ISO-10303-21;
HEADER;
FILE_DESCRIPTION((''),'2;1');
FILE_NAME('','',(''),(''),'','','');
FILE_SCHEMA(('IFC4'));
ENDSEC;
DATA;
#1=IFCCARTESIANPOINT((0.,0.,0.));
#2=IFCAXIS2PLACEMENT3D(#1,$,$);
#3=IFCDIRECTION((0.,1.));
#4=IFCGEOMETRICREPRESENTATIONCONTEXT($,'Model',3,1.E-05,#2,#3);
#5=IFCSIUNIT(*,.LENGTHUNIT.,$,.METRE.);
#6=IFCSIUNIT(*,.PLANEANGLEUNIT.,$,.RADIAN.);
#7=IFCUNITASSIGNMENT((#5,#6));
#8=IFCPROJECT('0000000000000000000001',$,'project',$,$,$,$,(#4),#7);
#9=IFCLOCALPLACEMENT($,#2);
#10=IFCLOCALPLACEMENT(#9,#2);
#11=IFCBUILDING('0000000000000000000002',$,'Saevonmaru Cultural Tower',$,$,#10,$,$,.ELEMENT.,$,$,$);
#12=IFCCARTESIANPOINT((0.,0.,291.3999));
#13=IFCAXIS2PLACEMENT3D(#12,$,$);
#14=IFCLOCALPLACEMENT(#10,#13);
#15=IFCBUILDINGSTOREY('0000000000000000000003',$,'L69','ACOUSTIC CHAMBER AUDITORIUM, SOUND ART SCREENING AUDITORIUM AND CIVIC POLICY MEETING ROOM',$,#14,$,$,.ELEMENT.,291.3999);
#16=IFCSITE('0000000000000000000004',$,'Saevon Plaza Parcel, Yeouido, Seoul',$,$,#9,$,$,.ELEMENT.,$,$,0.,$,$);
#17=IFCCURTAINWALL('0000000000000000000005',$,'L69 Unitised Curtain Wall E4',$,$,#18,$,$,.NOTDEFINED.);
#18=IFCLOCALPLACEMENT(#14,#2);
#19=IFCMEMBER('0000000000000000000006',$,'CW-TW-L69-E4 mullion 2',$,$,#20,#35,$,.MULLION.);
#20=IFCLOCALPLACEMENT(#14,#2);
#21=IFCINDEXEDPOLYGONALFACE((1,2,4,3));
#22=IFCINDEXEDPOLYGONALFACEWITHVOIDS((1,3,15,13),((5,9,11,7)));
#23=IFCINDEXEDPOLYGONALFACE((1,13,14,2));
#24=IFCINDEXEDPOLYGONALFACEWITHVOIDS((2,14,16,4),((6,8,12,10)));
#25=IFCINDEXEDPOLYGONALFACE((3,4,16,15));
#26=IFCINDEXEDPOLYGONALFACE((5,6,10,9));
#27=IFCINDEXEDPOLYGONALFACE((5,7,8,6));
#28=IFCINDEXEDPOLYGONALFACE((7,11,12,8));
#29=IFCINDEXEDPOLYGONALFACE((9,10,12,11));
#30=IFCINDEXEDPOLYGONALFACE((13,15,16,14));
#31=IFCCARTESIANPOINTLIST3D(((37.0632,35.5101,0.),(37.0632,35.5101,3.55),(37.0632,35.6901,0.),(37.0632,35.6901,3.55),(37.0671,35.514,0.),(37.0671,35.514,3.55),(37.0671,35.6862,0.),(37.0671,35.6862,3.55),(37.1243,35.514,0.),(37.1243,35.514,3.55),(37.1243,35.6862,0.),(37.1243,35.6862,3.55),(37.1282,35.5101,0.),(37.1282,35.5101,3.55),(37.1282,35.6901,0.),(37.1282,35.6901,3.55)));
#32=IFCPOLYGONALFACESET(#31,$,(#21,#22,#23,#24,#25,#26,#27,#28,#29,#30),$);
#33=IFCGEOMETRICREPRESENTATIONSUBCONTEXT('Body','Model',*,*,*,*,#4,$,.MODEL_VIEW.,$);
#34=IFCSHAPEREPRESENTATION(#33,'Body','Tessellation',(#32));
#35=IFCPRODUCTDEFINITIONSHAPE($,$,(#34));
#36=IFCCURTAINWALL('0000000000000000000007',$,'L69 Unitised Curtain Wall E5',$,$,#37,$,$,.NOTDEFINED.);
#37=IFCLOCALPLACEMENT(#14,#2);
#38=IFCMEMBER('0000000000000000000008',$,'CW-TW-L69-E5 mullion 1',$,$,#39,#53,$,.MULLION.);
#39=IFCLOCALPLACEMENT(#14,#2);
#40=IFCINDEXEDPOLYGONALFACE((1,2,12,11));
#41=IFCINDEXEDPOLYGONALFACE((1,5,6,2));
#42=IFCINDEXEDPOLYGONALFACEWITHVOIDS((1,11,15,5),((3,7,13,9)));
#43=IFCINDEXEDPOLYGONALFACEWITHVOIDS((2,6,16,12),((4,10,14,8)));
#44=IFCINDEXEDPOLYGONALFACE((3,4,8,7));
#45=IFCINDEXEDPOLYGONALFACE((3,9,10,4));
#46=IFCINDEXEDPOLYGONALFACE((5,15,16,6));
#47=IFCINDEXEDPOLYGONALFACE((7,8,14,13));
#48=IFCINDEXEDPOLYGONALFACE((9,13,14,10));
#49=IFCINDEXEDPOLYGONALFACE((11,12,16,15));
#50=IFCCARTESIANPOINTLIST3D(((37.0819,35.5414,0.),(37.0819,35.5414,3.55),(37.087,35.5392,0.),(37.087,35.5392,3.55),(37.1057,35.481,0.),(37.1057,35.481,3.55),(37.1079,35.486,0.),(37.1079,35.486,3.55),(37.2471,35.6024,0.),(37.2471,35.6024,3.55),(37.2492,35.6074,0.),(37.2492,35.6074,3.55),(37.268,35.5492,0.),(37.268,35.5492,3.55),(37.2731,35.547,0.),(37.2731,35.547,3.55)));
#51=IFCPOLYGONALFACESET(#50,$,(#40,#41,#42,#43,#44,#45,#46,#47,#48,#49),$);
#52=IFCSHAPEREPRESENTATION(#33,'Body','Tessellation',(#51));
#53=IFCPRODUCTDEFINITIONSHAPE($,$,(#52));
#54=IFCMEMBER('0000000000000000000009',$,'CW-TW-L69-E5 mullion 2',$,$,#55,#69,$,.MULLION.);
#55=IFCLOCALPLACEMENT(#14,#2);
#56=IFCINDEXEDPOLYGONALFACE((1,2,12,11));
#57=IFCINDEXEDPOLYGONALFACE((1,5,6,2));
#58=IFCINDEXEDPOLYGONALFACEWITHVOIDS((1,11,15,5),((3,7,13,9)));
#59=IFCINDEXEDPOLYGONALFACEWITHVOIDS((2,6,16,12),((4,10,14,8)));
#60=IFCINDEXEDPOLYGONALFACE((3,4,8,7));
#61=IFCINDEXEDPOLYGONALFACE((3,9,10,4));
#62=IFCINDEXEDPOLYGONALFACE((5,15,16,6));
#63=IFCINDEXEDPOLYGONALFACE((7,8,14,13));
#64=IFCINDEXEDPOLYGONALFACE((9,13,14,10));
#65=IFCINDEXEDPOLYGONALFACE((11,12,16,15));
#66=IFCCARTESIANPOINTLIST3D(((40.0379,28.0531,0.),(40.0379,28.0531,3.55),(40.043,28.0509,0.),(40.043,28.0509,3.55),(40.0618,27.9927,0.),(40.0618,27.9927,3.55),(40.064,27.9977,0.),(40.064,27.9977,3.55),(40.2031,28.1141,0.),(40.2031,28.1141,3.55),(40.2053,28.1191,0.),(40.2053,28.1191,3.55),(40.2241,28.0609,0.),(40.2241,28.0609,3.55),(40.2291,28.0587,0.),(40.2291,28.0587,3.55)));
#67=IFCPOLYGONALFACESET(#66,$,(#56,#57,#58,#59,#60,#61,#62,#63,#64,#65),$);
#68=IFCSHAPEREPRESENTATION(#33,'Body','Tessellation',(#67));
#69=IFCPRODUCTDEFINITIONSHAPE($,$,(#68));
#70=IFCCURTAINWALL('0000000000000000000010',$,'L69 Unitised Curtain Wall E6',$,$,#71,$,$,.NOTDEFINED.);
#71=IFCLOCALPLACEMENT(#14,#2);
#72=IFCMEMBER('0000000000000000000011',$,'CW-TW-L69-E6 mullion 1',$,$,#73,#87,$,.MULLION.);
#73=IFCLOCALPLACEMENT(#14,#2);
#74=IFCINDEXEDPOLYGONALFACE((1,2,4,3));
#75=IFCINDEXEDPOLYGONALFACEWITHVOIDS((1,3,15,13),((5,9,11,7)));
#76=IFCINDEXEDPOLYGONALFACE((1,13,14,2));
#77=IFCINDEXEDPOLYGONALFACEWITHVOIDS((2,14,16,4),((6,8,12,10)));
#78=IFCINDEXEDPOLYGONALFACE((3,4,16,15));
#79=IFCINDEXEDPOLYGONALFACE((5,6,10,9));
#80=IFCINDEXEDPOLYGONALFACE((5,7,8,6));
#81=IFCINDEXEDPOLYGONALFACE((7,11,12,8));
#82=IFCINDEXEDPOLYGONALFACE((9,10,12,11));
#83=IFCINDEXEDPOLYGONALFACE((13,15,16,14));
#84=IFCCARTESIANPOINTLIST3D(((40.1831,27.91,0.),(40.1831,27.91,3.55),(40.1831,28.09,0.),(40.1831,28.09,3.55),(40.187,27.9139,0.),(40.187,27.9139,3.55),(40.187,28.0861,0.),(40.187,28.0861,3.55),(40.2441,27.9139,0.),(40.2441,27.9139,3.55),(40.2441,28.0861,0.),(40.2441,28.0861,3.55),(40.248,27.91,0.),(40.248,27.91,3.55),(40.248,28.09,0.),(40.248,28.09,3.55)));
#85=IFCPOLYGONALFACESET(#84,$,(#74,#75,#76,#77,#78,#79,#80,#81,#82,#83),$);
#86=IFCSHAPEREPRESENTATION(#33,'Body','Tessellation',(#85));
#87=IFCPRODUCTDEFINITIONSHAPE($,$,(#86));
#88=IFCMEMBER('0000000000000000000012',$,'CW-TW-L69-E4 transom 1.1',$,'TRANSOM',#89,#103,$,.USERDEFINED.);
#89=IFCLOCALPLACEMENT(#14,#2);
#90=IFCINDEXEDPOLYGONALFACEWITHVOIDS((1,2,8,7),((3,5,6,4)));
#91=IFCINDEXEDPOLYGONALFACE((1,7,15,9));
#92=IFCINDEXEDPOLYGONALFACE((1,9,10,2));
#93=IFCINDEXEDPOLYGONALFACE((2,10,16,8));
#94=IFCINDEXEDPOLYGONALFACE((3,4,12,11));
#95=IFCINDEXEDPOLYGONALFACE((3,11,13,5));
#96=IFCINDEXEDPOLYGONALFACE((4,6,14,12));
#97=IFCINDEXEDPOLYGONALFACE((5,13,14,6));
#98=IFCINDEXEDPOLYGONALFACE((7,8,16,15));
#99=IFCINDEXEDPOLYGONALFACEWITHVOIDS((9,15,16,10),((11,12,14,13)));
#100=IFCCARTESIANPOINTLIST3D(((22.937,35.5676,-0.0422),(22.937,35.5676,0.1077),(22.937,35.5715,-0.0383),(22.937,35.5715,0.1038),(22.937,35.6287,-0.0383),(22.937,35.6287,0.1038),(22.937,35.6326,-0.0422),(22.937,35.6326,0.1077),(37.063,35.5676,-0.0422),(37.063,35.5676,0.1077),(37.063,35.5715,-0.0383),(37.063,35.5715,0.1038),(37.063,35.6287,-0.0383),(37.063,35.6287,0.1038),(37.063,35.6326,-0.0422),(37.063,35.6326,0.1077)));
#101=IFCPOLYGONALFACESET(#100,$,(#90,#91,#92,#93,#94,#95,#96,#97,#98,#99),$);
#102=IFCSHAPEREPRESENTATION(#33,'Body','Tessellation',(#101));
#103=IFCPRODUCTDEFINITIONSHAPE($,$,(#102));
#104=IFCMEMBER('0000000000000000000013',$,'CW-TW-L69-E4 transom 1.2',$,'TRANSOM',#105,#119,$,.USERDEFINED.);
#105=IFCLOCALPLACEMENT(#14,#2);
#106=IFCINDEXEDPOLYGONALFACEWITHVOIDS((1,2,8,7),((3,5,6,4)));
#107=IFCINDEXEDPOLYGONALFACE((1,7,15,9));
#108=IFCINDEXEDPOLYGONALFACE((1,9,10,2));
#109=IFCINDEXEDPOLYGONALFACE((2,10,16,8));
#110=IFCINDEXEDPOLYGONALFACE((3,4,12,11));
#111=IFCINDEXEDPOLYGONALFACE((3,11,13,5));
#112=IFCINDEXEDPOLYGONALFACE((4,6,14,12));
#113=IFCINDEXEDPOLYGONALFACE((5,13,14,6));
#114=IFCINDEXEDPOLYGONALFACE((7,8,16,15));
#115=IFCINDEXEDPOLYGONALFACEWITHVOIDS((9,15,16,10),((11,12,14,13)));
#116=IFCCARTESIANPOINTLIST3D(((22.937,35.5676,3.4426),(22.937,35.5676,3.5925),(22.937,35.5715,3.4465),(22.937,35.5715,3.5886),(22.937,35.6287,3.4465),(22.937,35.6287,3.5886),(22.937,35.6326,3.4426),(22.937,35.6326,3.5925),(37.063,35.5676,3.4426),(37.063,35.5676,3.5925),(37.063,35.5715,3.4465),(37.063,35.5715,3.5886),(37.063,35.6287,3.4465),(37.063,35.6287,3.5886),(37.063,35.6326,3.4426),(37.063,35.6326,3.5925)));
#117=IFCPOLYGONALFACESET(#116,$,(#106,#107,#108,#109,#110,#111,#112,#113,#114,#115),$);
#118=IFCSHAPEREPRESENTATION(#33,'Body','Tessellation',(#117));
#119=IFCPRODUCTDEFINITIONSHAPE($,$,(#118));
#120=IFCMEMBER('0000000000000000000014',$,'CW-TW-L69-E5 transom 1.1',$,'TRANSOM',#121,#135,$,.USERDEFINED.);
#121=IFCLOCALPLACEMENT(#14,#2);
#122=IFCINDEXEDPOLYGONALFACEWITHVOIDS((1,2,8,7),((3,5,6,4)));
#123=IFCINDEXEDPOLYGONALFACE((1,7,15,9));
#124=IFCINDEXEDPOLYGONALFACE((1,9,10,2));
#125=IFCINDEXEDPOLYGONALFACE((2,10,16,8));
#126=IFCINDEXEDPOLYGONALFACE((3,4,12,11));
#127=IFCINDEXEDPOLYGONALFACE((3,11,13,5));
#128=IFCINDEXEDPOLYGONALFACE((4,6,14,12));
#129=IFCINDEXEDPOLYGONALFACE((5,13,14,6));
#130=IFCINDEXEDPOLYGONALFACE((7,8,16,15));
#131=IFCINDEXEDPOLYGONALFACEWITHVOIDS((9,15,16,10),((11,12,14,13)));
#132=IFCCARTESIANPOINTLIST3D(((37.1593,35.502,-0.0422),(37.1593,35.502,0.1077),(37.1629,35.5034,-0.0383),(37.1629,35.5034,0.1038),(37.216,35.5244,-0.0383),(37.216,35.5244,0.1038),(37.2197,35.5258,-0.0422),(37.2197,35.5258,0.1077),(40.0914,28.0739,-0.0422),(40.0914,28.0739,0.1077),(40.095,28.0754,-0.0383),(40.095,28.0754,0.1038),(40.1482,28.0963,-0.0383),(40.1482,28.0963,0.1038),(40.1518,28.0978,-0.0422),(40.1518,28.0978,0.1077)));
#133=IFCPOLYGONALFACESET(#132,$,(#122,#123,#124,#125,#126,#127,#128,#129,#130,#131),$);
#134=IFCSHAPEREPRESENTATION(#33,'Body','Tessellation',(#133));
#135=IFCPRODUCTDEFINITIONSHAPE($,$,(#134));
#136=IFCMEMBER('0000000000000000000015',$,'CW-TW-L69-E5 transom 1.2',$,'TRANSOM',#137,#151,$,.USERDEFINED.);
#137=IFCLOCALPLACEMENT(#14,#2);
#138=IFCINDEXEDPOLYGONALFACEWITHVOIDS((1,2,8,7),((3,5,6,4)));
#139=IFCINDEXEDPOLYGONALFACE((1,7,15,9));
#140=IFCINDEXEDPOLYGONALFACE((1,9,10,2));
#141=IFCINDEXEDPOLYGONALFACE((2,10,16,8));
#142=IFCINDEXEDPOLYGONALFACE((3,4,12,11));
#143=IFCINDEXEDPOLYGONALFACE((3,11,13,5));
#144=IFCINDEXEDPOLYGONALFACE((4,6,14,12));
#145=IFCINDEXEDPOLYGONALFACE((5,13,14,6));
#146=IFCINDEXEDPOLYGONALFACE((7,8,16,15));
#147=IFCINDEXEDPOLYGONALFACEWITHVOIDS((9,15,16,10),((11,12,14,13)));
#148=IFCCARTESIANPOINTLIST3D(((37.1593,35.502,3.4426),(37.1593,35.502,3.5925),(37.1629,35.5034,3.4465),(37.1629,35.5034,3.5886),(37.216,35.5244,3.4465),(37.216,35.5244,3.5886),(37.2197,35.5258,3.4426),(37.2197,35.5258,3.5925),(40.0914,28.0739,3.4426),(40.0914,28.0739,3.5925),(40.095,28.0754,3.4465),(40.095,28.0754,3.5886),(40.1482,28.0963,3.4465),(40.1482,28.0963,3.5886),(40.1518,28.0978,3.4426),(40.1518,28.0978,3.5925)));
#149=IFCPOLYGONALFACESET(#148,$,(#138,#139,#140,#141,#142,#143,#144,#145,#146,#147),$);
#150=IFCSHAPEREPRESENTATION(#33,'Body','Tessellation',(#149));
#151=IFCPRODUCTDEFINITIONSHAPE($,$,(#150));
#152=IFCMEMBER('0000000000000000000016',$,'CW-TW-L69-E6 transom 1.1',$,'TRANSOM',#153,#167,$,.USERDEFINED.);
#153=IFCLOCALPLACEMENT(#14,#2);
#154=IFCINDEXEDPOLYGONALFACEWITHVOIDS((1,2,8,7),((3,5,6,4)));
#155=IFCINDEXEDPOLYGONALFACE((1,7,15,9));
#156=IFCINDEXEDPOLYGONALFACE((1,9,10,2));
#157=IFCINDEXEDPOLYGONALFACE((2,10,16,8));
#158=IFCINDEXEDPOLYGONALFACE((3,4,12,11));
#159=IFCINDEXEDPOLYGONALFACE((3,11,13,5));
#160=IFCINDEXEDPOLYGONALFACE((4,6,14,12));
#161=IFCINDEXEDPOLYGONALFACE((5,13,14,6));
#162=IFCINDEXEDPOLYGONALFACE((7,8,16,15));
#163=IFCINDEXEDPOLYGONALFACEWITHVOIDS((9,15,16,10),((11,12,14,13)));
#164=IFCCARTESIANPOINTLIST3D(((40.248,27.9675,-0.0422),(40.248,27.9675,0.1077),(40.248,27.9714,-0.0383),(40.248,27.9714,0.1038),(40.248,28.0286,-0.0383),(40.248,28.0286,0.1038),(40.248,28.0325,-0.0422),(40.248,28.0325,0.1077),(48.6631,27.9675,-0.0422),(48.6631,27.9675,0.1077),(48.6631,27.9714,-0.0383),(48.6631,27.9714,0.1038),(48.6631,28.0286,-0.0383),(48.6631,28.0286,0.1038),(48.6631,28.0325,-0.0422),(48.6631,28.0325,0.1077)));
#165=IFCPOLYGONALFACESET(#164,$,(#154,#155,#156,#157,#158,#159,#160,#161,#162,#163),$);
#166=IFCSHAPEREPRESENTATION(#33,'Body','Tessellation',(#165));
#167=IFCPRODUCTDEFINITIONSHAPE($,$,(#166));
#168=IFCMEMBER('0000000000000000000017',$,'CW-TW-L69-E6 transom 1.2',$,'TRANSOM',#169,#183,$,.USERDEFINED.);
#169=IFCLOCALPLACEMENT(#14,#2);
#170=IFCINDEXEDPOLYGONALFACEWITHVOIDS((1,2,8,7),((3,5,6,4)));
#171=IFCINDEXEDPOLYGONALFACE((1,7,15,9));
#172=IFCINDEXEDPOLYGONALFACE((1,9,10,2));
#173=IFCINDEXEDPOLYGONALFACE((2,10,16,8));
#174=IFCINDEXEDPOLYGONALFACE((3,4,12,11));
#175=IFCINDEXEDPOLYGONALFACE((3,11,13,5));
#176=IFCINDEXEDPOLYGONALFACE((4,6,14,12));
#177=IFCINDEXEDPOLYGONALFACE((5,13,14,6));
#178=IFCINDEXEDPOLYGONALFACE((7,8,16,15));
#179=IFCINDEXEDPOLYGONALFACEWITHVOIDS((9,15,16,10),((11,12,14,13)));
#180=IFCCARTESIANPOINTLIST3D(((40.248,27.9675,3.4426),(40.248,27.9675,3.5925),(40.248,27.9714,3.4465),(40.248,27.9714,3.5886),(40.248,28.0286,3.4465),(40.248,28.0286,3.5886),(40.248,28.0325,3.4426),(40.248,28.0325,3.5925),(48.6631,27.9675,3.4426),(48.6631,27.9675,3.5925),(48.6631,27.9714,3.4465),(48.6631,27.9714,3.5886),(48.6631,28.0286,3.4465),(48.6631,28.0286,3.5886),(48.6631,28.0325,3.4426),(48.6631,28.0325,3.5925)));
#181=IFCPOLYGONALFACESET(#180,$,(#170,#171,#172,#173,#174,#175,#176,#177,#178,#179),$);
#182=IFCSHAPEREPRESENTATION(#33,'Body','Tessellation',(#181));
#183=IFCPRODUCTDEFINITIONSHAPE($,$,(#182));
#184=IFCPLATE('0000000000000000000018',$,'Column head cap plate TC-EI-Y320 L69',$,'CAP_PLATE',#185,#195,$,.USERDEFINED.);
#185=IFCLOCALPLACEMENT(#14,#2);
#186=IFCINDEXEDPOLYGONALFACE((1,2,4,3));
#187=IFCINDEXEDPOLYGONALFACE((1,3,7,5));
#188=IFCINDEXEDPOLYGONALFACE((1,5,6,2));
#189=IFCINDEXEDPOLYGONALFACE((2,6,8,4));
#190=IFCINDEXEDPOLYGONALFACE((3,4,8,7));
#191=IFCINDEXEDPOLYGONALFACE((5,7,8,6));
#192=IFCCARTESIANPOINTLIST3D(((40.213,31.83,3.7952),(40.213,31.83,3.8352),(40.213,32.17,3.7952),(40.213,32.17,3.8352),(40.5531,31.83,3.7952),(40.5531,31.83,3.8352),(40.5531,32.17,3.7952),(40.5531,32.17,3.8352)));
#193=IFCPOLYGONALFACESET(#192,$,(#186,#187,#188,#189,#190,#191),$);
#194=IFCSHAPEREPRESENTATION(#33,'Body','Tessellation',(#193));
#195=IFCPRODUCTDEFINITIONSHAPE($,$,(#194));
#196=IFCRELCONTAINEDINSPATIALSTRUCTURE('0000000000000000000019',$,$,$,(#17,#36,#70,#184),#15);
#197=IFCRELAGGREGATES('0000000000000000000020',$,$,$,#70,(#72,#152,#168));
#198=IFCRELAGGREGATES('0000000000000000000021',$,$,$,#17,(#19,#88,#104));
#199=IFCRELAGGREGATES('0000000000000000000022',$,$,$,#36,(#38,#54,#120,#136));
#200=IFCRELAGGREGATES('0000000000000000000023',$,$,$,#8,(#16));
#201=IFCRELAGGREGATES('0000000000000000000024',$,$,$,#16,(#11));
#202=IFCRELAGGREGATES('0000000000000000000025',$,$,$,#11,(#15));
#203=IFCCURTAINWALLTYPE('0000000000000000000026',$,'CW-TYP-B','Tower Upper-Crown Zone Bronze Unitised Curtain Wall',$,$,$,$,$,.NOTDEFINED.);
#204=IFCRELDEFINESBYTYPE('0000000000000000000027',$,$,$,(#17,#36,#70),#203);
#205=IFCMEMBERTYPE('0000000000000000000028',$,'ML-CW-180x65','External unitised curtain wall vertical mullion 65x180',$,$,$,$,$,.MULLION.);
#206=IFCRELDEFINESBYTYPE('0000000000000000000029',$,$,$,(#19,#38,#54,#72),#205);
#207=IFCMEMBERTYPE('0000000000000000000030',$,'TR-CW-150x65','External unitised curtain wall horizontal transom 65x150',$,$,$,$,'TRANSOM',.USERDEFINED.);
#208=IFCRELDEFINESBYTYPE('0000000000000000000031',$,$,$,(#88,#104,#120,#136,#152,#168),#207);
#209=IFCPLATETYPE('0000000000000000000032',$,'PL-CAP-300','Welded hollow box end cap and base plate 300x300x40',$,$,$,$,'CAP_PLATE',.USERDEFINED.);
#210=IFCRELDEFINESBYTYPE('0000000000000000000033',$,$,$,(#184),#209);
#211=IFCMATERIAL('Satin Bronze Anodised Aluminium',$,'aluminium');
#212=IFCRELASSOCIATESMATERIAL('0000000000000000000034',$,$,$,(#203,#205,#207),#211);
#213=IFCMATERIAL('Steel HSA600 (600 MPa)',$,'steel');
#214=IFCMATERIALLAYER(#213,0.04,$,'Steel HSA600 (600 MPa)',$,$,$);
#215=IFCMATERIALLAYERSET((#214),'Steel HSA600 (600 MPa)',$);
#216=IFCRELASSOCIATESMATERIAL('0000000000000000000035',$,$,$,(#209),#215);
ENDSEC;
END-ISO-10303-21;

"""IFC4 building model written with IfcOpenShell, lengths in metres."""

from ifc_helpers import new_model, si_unit, direction, frame, origin, origin_2d, place, context, subcontext, project, spatial, rectangle, hollow_rectangle, extrude, material, layer, layer_set, material_profile, profile_set, type_object, element, aggregate, save


model = new_model("IFC4")

# Units and contexts
model_context = context("Model", 3, precision=1e-05, world=origin(), true_north=direction((0.0, 1.0)))
body_context = subcontext(model_context, "Body", "Model", "MODEL_VIEW")
ifc_project = project(units=[si_unit("LENGTHUNIT", "METRE"), si_unit("PLANEANGLEUNIT", "RADIAN")], contexts=[model_context])

# Site, building, storey
site_placement = place(None, origin())
site = spatial("IfcSite", under=ifc_project, at=site_placement, Name="Saevon Plaza Parcel, Yeouido, Seoul", CompositionType="ELEMENT", RefElevation=0.0)
building_placement = place(site_placement, origin())
building = spatial("IfcBuilding", under=site, at=building_placement, Name="Saevonmaru Cultural Tower", CompositionType="ELEMENT")
storey_placement = place(building_placement, frame((0.0, 0.0, 291.3999)))
storey = spatial("IfcBuildingStorey", under=building, at=storey_placement, Name="L69", Description="ACOUSTIC CHAMBER AUDITORIUM, SOUND ART SCREENING AUDITORIUM AND CIVIC POLICY MEETING ROOM", CompositionType="ELEMENT", Elevation=291.3999)

# Shared definitions
ifc_material_1 = material(Name="Steel HSA600 (600 MPa)", Category="steel")

# Shared definitions
ifc_material_2 = material(Name="Satin Bronze Anodised Aluminium", Category="aluminium")
curtain_wall_type = type_object("IfcCurtainWallType", Name="CW-TYP-B", Description="Tower Upper-Crown Zone Bronze Unitised Curtain Wall", PredefinedType="NOTDEFINED", material=ifc_material_2)
ifc_material_profile_1 = material_profile(ifc_material_2, hollow_rectangle(XDim=0.0649, YDim=0.1799, WallThickness=0.0039, at=origin_2d()), Name="ALU-MULL-180x65x4")
ifc_profile_set_1 = profile_set([ifc_material_profile_1], Name="Satin Bronze Anodised Aluminium")
member_type_1 = type_object("IfcMemberType", Name="ML-CW-180x65", Description="External unitised curtain wall vertical mullion 65x180", PredefinedType="MULLION", material=ifc_profile_set_1)

# Curtain walls, members
curtain_wall_1_placement = place(storey_placement, origin())
curtain_wall_1 = element("IfcCurtainWall", 1, at=curtain_wall_1_placement, inside=storey, type_object=curtain_wall_type, Name="L69 Unitised Curtain Wall E4", PredefinedType="NOTDEFINED")
member_1_placement = place(storey_placement, frame((37.0957, 35.6001, 0.0), z_axis=(0.0, 0.0, 1.0), x_axis=(1.0, 0.0, 0.0)))
member_1 = element("IfcMember", 2, at=member_1_placement, type_object=member_type_1, Name="CW-TW-L69-E4 mullion 2", PredefinedType="MULLION", context=body_context, shape_type="SweptSolid", body=[
    extrude(hollow_rectangle(XDim=0.0649, YDim=0.1799, WallThickness=0.0039, at=origin_2d()), origin(), (0.0, 0.0, 1.0), 3.55),
])
curtain_wall_2_placement = place(storey_placement, origin())
curtain_wall_2 = element("IfcCurtainWall", 3, at=curtain_wall_2_placement, inside=storey, type_object=curtain_wall_type, Name="L69 Unitised Curtain Wall E5", PredefinedType="NOTDEFINED")
member_2_placement = place(storey_placement, frame((37.1775, 35.5442, 0.0), z_axis=(0.0, 0.0, 1.0), x_axis=(0.367172, -0.930153, 0.0)))
member_2 = element("IfcMember", 4, at=member_2_placement, type_object=member_type_1, Name="CW-TW-L69-E5 mullion 1", PredefinedType="MULLION", context=body_context, shape_type="SweptSolid", body=[
    extrude(hollow_rectangle(XDim=0.0649, YDim=0.1799, WallThickness=0.0039, at=origin_2d()), origin(), (0.0, 0.0, 1.0), 3.55),
])
member_3_placement = place(storey_placement, frame((40.1335, 28.0559, 0.0), z_axis=(0.0, 0.0, 1.0), x_axis=(0.367172, -0.930153, 0.0)))
member_3 = element("IfcMember", 5, at=member_3_placement, type_object=member_type_1, Name="CW-TW-L69-E5 mullion 2", PredefinedType="MULLION", context=body_context, shape_type="SweptSolid", body=[
    extrude(hollow_rectangle(XDim=0.0649, YDim=0.1799, WallThickness=0.0039, at=origin_2d()), origin(), (0.0, 0.0, 1.0), 3.55),
])

# Curtain wall, member
curtain_wall_3_placement = place(storey_placement, origin())
curtain_wall_3 = element("IfcCurtainWall", 6, at=curtain_wall_3_placement, inside=storey, type_object=curtain_wall_type, Name="L69 Unitised Curtain Wall E6", PredefinedType="NOTDEFINED")
member_4_placement = place(storey_placement, frame((40.2156, 28.0, 0.0), z_axis=(0.0, 0.0, 1.0), x_axis=(1.0, 0.0, 0.0)))
member_4 = element("IfcMember", 7, at=member_4_placement, type_object=member_type_1, Name="CW-TW-L69-E6 mullion 1", PredefinedType="MULLION", context=body_context, shape_type="SweptSolid", body=[
    extrude(hollow_rectangle(XDim=0.0649, YDim=0.1799, WallThickness=0.0039, at=origin_2d()), origin(), (0.0, 0.0, 1.0), 3.55),
])

# Members
ifc_material_profile_2 = material_profile(ifc_material_2, hollow_rectangle(XDim=0.0649, YDim=0.1499, WallThickness=0.0039, at=origin_2d()), Name="ALU-TRAN-150x65x4")
ifc_profile_set_2 = profile_set([ifc_material_profile_2], Name="Satin Bronze Anodised Aluminium")
member_type_2 = type_object("IfcMemberType", Name="TR-CW-150x65", Description="External unitised curtain wall horizontal transom 65x150", ElementType="TRANSOM", PredefinedType="USERDEFINED", material=ifc_profile_set_2)
member_5_placement = place(storey_placement, frame((22.937, 35.6001, 0.0327), z_axis=(1.0, 0.0, 0.0), x_axis=(0.0, 1.0, 0.0)))
member_5 = element("IfcMember", 8, at=member_5_placement, type_object=member_type_2, Name="CW-TW-L69-E4 transom 1.1", ObjectType="TRANSOM", PredefinedType="USERDEFINED", context=body_context, shape_type="SweptSolid", body=[
    extrude(hollow_rectangle(XDim=0.0649, YDim=0.1499, WallThickness=0.0039, at=origin_2d()), origin(), (0.0, 0.0, 1.0), 14.126),
])
member_6_placement = place(storey_placement, frame((22.937, 35.6001, 3.5176), z_axis=(1.0, 0.0, 0.0), x_axis=(0.0, 1.0, 0.0)))
member_6 = element("IfcMember", 9, at=member_6_placement, type_object=member_type_2, Name="CW-TW-L69-E4 transom 1.2", ObjectType="TRANSOM", PredefinedType="USERDEFINED", context=body_context, shape_type="SweptSolid", body=[
    extrude(hollow_rectangle(XDim=0.0649, YDim=0.1499, WallThickness=0.0039, at=origin_2d()), origin(), (0.0, 0.0, 1.0), 14.126),
])
member_7_placement = place(storey_placement, frame((37.1895, 35.5139, 0.0327), z_axis=(0.36717, -0.930154, 0.0), x_axis=(0.930154, 0.36717, 0.0)))
member_7 = element("IfcMember", 10, at=member_7_placement, type_object=member_type_2, Name="CW-TW-L69-E5 transom 1.1", ObjectType="TRANSOM", PredefinedType="USERDEFINED", context=body_context, shape_type="SweptSolid", body=[
    extrude(hollow_rectangle(XDim=0.0649, YDim=0.1499, WallThickness=0.0039, at=origin_2d()), origin(), (0.0, 0.0, 1.0), 7.9858),
])
member_8_placement = place(storey_placement, frame((37.1895, 35.5139, 3.5176), z_axis=(0.36717, -0.930154, 0.0), x_axis=(0.930154, 0.36717, 0.0)))
member_8 = element("IfcMember", 11, at=member_8_placement, type_object=member_type_2, Name="CW-TW-L69-E5 transom 1.2", ObjectType="TRANSOM", PredefinedType="USERDEFINED", context=body_context, shape_type="SweptSolid", body=[
    extrude(hollow_rectangle(XDim=0.0649, YDim=0.1499, WallThickness=0.0039, at=origin_2d()), origin(), (0.0, 0.0, 1.0), 7.9858),
])
member_9_placement = place(storey_placement, frame((40.248, 28.0, 0.0327), z_axis=(1.0, 0.0, 0.0), x_axis=(0.0, 1.0, 0.0)))
member_9 = element("IfcMember", 12, at=member_9_placement, type_object=member_type_2, Name="CW-TW-L69-E6 transom 1.1", ObjectType="TRANSOM", PredefinedType="USERDEFINED", context=body_context, shape_type="SweptSolid", body=[
    extrude(hollow_rectangle(XDim=0.0649, YDim=0.1499, WallThickness=0.0039, at=origin_2d()), origin(), (0.0, 0.0, 1.0), 8.415),
])
member_10_placement = place(storey_placement, frame((40.248, 28.0, 3.5176), z_axis=(1.0, 0.0, 0.0), x_axis=(0.0, 1.0, 0.0)))
member_10 = element("IfcMember", 13, at=member_10_placement, type_object=member_type_2, Name="CW-TW-L69-E6 transom 1.2", ObjectType="TRANSOM", PredefinedType="USERDEFINED", context=body_context, shape_type="SweptSolid", body=[
    extrude(hollow_rectangle(XDim=0.0649, YDim=0.1499, WallThickness=0.0039, at=origin_2d()), origin(), (0.0, 0.0, 1.0), 8.415),
])
aggregate(curtain_wall_3, [member_4, member_9, member_10])

# Plate
ifc_layer_1 = layer(ifc_material_1, 0.04, Name="Steel HSA600 (600 MPa)")
ifc_layer_set_1 = layer_set([ifc_layer_1], Name="Steel HSA600 (600 MPa)")
plate_type_1 = type_object("IfcPlateType", Name="PL-CAP-300", Description="Welded hollow box end cap and base plate 300x300x40", ElementType="CAP_PLATE", PredefinedType="USERDEFINED", material=ifc_layer_set_1)
plate_1_placement = place(storey_placement, frame((40.3831, 32.0, 3.7952), z_axis=(0.0, 0.0, 1.0), x_axis=(1.0, 0.0, 0.0)))
element("IfcPlate", 14, at=plate_1_placement, inside=storey, type_object=plate_type_1, Name="Column head cap plate TC-EI-Y320 L69", ObjectType="CAP_PLATE", PredefinedType="USERDEFINED", context=body_context, shape_type="SweptSolid", body=[
    extrude(rectangle(XDim=0.3401, YDim=0.3401, at=origin_2d()), origin(), (0.0, 0.0, 1.0), 0.04),
])
aggregate(curtain_wall_1, [member_1, member_5, member_6])
aggregate(curtain_wall_2, [member_2, member_3, member_7, member_8])

save(model, "model.ifc")
